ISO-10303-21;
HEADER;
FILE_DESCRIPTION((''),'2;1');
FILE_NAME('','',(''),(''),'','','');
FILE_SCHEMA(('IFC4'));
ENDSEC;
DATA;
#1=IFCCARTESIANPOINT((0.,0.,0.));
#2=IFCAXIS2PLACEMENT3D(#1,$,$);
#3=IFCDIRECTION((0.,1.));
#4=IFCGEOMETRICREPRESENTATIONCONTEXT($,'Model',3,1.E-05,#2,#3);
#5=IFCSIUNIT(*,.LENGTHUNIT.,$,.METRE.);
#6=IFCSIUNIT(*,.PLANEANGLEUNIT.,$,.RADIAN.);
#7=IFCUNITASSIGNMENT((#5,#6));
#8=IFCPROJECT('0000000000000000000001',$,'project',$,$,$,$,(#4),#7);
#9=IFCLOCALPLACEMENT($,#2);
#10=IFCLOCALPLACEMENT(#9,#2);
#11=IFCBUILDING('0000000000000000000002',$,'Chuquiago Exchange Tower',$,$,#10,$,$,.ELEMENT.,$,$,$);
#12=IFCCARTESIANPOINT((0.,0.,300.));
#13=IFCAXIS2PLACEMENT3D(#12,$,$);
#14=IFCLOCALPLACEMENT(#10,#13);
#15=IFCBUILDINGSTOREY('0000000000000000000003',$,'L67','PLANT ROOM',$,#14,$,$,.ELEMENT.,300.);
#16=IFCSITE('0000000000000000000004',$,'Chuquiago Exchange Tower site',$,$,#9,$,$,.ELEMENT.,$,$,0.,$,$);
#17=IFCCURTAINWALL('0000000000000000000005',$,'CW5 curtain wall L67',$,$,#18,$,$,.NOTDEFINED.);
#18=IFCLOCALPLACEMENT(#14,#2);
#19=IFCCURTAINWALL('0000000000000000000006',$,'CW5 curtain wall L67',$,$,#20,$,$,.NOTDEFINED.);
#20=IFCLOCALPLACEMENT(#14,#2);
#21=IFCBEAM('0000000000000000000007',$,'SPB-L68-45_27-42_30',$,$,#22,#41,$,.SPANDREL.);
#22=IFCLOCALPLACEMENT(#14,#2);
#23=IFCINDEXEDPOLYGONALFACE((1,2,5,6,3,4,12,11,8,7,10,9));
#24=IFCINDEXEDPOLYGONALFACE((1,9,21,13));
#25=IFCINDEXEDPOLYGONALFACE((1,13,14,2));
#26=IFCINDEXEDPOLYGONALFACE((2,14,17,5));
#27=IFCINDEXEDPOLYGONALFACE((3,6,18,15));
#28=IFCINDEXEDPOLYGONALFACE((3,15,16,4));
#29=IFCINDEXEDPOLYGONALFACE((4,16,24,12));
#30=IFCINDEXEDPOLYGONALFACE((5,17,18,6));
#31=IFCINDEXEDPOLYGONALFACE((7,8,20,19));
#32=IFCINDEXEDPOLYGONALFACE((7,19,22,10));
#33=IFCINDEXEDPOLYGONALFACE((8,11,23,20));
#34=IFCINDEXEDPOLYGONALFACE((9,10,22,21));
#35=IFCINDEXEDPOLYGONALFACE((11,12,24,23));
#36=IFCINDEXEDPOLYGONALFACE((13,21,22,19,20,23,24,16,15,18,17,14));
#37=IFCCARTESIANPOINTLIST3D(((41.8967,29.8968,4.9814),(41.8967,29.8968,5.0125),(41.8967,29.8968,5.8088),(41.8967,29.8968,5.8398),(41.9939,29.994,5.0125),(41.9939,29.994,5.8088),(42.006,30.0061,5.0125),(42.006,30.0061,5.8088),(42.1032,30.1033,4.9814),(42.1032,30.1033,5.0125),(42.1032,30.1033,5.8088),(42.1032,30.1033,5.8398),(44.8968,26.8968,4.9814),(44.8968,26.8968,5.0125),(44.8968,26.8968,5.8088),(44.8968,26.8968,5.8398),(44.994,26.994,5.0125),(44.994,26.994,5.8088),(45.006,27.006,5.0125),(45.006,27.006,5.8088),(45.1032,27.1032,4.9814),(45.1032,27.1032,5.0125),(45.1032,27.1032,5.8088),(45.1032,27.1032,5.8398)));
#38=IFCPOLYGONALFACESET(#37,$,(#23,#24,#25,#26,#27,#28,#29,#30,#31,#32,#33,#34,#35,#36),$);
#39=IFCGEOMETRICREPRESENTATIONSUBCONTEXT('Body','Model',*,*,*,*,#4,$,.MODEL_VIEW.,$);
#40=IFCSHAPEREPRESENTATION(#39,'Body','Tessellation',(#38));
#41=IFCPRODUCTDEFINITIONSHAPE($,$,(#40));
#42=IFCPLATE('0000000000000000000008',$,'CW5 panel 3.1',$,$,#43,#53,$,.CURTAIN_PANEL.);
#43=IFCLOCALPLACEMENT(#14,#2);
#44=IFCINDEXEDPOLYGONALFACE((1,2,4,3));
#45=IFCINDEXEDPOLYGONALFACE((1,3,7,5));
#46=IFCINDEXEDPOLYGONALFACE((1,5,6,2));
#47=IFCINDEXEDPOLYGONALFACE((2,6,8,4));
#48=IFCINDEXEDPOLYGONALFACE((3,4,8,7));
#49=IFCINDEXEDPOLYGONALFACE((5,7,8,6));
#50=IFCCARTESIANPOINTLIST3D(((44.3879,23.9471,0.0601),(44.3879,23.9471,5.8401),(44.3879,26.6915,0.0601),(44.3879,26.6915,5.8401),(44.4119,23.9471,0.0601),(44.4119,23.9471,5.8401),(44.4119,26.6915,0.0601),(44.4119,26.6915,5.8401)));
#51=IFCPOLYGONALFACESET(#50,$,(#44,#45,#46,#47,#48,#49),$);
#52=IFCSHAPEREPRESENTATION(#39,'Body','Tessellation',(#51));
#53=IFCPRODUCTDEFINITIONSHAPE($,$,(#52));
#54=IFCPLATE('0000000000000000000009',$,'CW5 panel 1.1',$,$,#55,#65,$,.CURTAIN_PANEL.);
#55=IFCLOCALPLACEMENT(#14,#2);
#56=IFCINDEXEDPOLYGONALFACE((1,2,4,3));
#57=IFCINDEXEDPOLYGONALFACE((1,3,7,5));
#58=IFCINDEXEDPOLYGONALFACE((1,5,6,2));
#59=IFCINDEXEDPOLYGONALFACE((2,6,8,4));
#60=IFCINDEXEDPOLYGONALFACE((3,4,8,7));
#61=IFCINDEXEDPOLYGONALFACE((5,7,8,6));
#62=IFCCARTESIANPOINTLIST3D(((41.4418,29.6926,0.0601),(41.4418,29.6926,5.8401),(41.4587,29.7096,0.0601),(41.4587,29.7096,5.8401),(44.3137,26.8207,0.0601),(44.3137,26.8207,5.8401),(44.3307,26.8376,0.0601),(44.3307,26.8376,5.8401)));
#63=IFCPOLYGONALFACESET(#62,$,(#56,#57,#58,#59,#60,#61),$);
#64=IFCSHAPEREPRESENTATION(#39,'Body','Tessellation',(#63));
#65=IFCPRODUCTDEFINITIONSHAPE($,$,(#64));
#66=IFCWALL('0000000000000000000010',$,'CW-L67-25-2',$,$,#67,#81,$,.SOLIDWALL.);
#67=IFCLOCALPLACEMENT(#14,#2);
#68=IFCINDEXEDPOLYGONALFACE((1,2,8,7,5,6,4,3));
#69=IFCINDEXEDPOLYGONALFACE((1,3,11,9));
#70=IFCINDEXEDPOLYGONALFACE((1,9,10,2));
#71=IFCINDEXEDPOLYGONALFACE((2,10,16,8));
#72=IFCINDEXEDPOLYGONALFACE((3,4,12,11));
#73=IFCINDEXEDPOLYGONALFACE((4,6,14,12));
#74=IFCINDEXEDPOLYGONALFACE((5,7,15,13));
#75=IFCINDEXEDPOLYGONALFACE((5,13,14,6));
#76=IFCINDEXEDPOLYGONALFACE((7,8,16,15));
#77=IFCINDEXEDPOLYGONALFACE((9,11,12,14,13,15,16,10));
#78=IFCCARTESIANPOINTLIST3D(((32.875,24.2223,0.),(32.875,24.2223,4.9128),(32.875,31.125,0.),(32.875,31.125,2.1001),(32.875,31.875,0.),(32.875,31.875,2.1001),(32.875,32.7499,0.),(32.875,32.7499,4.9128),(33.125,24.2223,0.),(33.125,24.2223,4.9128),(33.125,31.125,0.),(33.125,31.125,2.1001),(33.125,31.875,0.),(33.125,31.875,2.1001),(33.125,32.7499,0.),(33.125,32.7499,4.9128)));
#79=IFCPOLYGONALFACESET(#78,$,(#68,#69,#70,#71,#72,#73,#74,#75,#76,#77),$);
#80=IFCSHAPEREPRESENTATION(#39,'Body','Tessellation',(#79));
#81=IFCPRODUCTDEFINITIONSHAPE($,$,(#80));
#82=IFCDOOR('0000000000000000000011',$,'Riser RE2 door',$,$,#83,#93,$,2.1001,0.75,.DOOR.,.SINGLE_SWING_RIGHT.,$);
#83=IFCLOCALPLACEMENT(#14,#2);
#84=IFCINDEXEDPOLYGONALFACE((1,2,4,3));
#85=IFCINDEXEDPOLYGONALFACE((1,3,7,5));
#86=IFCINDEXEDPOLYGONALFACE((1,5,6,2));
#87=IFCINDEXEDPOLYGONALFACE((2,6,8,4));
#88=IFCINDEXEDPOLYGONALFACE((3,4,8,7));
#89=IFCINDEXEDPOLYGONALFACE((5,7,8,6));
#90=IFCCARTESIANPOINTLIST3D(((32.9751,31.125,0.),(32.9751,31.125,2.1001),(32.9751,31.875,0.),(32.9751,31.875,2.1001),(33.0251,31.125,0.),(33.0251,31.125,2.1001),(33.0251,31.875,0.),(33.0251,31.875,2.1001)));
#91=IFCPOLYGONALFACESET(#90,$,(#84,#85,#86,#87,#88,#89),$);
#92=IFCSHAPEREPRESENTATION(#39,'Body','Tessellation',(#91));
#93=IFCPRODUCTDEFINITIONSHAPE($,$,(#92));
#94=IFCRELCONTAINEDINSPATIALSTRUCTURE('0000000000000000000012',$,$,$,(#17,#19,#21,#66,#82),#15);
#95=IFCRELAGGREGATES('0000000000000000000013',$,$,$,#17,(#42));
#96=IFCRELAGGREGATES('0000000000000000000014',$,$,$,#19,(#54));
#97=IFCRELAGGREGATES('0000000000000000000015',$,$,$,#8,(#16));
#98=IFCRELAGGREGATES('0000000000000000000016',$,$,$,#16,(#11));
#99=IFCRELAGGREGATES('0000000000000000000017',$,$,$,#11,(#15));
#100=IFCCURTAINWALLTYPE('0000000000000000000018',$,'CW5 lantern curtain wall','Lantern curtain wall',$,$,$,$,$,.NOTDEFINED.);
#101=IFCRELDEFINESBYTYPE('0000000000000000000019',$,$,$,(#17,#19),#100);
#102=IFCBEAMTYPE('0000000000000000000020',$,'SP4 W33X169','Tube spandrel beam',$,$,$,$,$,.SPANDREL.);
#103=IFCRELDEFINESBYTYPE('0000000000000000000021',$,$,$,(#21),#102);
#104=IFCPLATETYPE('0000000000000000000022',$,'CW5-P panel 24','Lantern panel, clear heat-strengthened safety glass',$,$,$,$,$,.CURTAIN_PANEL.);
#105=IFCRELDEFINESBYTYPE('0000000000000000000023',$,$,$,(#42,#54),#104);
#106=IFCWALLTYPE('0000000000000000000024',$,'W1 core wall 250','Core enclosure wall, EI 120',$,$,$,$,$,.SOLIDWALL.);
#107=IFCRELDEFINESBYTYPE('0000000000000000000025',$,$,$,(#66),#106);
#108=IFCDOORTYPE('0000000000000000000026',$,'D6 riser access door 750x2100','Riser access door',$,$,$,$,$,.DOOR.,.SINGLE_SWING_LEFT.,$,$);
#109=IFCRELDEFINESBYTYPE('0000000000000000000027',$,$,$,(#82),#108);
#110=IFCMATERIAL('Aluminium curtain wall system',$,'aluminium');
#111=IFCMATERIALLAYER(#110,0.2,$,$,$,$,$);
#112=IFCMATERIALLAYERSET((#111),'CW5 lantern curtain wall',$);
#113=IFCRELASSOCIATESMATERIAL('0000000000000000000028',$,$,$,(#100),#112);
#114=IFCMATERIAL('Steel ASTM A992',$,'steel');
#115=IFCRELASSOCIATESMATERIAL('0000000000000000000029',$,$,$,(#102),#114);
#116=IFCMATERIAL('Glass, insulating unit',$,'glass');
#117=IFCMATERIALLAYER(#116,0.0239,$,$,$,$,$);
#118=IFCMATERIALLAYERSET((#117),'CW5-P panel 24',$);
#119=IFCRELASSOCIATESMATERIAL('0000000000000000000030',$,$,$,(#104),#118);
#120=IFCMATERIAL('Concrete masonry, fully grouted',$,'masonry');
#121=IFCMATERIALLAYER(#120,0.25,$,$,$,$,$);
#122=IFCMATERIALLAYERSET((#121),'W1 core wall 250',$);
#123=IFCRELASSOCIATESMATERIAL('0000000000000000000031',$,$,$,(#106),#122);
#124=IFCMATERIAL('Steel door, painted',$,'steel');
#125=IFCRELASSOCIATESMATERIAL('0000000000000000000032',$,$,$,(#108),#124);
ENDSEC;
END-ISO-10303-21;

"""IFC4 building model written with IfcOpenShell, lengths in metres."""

from ifc_helpers import new_model, si_unit, direction, frame, frame_2d, origin, origin_2d, place, context, subcontext, project, spatial, rectangle, i_section, extrude, material, layer, layer_set, material_profile, profile_set, type_object, element, fill, aggregate, save


model = new_model("IFC4")

# Units and contexts
model_context = context("Model", 3, precision=1e-05, world=origin(), true_north=direction((0.0, 1.0)))
body_context = subcontext(model_context, "Body", "Model", "MODEL_VIEW")
ifc_project = project(units=[si_unit("LENGTHUNIT", "METRE"), si_unit("PLANEANGLEUNIT", "RADIAN")], contexts=[model_context])

# Site, building, storey
site_placement = place(None, origin())
site = spatial("IfcSite", under=ifc_project, at=site_placement, Name="Chuquiago Exchange Tower site", CompositionType="ELEMENT", RefElevation=0.0)
building_placement = place(site_placement, origin())
building = spatial("IfcBuilding", under=site, at=building_placement, Name="Chuquiago Exchange Tower", CompositionType="ELEMENT")
storey_placement = place(building_placement, frame((0.0, 0.0, 300.0)))
storey = spatial("IfcBuildingStorey", under=building, at=storey_placement, Name="L67", Description="PLANT ROOM", CompositionType="ELEMENT", Elevation=300.0)

# Curtain walls
ifc_material_1 = material(Name="Aluminium curtain wall system", Category="aluminium")
ifc_layer_1 = layer(ifc_material_1, 0.2)
ifc_layer_set_1 = layer_set([ifc_layer_1], Name="CW5 lantern curtain wall")
curtain_wall_type = type_object("IfcCurtainWallType", Name="CW5 lantern curtain wall", Description="Lantern curtain wall", PredefinedType="NOTDEFINED", material=ifc_layer_set_1)
curtain_wall_1_placement = place(storey_placement, origin())
curtain_wall_1 = element("IfcCurtainWall", 1, at=curtain_wall_1_placement, inside=storey, type_object=curtain_wall_type, Name="CW5 curtain wall L67", PredefinedType="NOTDEFINED")
curtain_wall_2_placement = place(storey_placement, origin())
curtain_wall_2 = element("IfcCurtainWall", 2, at=curtain_wall_2_placement, inside=storey, type_object=curtain_wall_type, Name="CW5 curtain wall L67", PredefinedType="NOTDEFINED")

# Beam
ifc_material_2 = material(Name="Steel ASTM A992", Category="steel")
ifc_material_profile_1 = material_profile(ifc_material_2, i_section(OverallWidth=0.292, OverallDepth=0.8584, WebThickness=0.0171, FlangeThickness=0.031, at=origin_2d()), Name="W33X169")
ifc_profile_set_1 = profile_set([ifc_material_profile_1], Name="Steel ASTM A992")
beam_type_1 = type_object("IfcBeamType", Name="SP4 W33X169", Description="Tube spandrel beam", PredefinedType="SPANDREL", material=ifc_profile_set_1)
beam_1_placement = place(storey_placement, frame((45.0, 27.0, 5.4106), z_axis=(-0.707107, 0.707107, 0.0), x_axis=(-0.707107, -0.707107, 0.0)))
element("IfcBeam", 3, at=beam_1_placement, inside=storey, type_object=beam_type_1, Name="SPB-L68-45_27-42_30", PredefinedType="SPANDREL", context=body_context, shape_type="SweptSolid", body=[
    extrude(i_section(OverallWidth=0.292, OverallDepth=0.8584, WebThickness=0.0171, FlangeThickness=0.031, at=origin_2d()), origin(), (0.0, 0.0, 1.0), 4.2427),
])

# Plates
ifc_material_3 = material(Name="Glass, insulating unit", Category="glass")
ifc_layer_2 = layer(ifc_material_3, 0.0239)
ifc_layer_set_2 = layer_set([ifc_layer_2], Name="CW5-P panel 24")
plate_type = type_object("IfcPlateType", Name="CW5-P panel 24", Description="Lantern panel, clear heat-strengthened safety glass", PredefinedType="CURTAIN_PANEL", material=ifc_layer_set_2)
plate_1_placement = place(storey_placement, frame((44.3999, 25.3193, 0.0601), z_axis=(0.0, 0.0, 1.0), x_axis=(0.0, 1.0, 0.0)))
plate_1 = element("IfcPlate", 4, at=plate_1_placement, type_object=plate_type, Name="CW5 panel 3.1", PredefinedType="CURTAIN_PANEL", context=body_context, shape_type="SweptSolid", body=[
    extrude(rectangle(XDim=2.7444, YDim=0.0239, at=origin_2d()), origin(), (0.0, 0.0, 1.0), 5.78),
])
aggregate(curtain_wall_1, [plate_1])
plate_2_placement = place(storey_placement, frame((42.8862, 28.2651, 0.0601), z_axis=(0.0, 0.0, 1.0), x_axis=(-0.707105, 0.707109, 0.0)))
plate_2 = element("IfcPlate", 5, at=plate_2_placement, type_object=plate_type, Name="CW5 panel 1.1", PredefinedType="CURTAIN_PANEL", context=body_context, shape_type="SweptSolid", body=[
    extrude(rectangle(XDim=4.0615, YDim=0.0239, at=origin_2d()), origin(), (0.0, 0.0, 1.0), 5.78),
])
aggregate(curtain_wall_2, [plate_2])

# Wall, opening, door
ifc_material_4 = material(Name="Concrete masonry, fully grouted", Category="masonry")
ifc_layer_3 = layer(ifc_material_4, 0.25)
ifc_layer_set_3 = layer_set([ifc_layer_3], Name="W1 core wall 250")
wall_type = type_object("IfcWallType", Name="W1 core wall 250", Description="Core enclosure wall, EI 120", PredefinedType="SOLIDWALL", material=ifc_layer_set_3)
wall_placement = place(storey_placement, frame((33.0, 24.2224, 0.0), z_axis=(0.0, 0.0, 1.0), x_axis=(0.0, 1.0, 0.0)))
wall = element("IfcWall", 6, at=wall_placement, inside=storey, type_object=wall_type, Name="CW-L67-25-2", PredefinedType="SOLIDWALL", context=body_context, shape_type="SweptSolid", body=[
    extrude(rectangle(XDim=8.5276, YDim=0.25, at=frame_2d((4.2637, 0.0))), origin(), (0.0, 0.0, 1.0), 4.9128),
])
opening_placement = place(wall_placement, frame((6.9026, 0.0, 0.0)))
opening = element("IfcOpeningElement", 7, at=opening_placement, cuts=wall, PredefinedType="OPENING", context=body_context, shape_type="SweptSolid", body=[
    extrude(rectangle(XDim=0.75, YDim=2.1001, at=frame_2d((0.375, 1.05))), frame((0.0, 0.135, 0.0), z_axis=(0.0, -1.0, 0.0), x_axis=(1.0, 0.0, 0.0)), (0.0, 0.0, 1.0), 0.27),
])
ifc_material_5 = material(Name="Steel door, painted", Category="steel")
door_type = type_object("IfcDoorType", Name="D6 riser access door 750x2100", Description="Riser access door", OperationType="SINGLE_SWING_LEFT", PredefinedType="DOOR", material=ifc_material_5)
door_placement = place(opening_placement, origin())
door = element("IfcDoor", 8, at=door_placement, inside=storey, type_object=door_type, Name="Riser RE2 door", OperationType="SINGLE_SWING_RIGHT", OverallHeight=2.1001, OverallWidth=0.75, PredefinedType="DOOR", context=body_context, shape_type="SweptSolid", body=[
    extrude(rectangle(XDim=0.75, YDim=2.1001, at=frame_2d((0.375, 1.05))), frame((0.0, 0.0249, 0.0), z_axis=(0.0, -1.0, 0.0), x_axis=(1.0, 0.0, 0.0)), (0.0, 0.0, 1.0), 0.05),
])
fill(opening, door)

save(model, "model.ifc")
